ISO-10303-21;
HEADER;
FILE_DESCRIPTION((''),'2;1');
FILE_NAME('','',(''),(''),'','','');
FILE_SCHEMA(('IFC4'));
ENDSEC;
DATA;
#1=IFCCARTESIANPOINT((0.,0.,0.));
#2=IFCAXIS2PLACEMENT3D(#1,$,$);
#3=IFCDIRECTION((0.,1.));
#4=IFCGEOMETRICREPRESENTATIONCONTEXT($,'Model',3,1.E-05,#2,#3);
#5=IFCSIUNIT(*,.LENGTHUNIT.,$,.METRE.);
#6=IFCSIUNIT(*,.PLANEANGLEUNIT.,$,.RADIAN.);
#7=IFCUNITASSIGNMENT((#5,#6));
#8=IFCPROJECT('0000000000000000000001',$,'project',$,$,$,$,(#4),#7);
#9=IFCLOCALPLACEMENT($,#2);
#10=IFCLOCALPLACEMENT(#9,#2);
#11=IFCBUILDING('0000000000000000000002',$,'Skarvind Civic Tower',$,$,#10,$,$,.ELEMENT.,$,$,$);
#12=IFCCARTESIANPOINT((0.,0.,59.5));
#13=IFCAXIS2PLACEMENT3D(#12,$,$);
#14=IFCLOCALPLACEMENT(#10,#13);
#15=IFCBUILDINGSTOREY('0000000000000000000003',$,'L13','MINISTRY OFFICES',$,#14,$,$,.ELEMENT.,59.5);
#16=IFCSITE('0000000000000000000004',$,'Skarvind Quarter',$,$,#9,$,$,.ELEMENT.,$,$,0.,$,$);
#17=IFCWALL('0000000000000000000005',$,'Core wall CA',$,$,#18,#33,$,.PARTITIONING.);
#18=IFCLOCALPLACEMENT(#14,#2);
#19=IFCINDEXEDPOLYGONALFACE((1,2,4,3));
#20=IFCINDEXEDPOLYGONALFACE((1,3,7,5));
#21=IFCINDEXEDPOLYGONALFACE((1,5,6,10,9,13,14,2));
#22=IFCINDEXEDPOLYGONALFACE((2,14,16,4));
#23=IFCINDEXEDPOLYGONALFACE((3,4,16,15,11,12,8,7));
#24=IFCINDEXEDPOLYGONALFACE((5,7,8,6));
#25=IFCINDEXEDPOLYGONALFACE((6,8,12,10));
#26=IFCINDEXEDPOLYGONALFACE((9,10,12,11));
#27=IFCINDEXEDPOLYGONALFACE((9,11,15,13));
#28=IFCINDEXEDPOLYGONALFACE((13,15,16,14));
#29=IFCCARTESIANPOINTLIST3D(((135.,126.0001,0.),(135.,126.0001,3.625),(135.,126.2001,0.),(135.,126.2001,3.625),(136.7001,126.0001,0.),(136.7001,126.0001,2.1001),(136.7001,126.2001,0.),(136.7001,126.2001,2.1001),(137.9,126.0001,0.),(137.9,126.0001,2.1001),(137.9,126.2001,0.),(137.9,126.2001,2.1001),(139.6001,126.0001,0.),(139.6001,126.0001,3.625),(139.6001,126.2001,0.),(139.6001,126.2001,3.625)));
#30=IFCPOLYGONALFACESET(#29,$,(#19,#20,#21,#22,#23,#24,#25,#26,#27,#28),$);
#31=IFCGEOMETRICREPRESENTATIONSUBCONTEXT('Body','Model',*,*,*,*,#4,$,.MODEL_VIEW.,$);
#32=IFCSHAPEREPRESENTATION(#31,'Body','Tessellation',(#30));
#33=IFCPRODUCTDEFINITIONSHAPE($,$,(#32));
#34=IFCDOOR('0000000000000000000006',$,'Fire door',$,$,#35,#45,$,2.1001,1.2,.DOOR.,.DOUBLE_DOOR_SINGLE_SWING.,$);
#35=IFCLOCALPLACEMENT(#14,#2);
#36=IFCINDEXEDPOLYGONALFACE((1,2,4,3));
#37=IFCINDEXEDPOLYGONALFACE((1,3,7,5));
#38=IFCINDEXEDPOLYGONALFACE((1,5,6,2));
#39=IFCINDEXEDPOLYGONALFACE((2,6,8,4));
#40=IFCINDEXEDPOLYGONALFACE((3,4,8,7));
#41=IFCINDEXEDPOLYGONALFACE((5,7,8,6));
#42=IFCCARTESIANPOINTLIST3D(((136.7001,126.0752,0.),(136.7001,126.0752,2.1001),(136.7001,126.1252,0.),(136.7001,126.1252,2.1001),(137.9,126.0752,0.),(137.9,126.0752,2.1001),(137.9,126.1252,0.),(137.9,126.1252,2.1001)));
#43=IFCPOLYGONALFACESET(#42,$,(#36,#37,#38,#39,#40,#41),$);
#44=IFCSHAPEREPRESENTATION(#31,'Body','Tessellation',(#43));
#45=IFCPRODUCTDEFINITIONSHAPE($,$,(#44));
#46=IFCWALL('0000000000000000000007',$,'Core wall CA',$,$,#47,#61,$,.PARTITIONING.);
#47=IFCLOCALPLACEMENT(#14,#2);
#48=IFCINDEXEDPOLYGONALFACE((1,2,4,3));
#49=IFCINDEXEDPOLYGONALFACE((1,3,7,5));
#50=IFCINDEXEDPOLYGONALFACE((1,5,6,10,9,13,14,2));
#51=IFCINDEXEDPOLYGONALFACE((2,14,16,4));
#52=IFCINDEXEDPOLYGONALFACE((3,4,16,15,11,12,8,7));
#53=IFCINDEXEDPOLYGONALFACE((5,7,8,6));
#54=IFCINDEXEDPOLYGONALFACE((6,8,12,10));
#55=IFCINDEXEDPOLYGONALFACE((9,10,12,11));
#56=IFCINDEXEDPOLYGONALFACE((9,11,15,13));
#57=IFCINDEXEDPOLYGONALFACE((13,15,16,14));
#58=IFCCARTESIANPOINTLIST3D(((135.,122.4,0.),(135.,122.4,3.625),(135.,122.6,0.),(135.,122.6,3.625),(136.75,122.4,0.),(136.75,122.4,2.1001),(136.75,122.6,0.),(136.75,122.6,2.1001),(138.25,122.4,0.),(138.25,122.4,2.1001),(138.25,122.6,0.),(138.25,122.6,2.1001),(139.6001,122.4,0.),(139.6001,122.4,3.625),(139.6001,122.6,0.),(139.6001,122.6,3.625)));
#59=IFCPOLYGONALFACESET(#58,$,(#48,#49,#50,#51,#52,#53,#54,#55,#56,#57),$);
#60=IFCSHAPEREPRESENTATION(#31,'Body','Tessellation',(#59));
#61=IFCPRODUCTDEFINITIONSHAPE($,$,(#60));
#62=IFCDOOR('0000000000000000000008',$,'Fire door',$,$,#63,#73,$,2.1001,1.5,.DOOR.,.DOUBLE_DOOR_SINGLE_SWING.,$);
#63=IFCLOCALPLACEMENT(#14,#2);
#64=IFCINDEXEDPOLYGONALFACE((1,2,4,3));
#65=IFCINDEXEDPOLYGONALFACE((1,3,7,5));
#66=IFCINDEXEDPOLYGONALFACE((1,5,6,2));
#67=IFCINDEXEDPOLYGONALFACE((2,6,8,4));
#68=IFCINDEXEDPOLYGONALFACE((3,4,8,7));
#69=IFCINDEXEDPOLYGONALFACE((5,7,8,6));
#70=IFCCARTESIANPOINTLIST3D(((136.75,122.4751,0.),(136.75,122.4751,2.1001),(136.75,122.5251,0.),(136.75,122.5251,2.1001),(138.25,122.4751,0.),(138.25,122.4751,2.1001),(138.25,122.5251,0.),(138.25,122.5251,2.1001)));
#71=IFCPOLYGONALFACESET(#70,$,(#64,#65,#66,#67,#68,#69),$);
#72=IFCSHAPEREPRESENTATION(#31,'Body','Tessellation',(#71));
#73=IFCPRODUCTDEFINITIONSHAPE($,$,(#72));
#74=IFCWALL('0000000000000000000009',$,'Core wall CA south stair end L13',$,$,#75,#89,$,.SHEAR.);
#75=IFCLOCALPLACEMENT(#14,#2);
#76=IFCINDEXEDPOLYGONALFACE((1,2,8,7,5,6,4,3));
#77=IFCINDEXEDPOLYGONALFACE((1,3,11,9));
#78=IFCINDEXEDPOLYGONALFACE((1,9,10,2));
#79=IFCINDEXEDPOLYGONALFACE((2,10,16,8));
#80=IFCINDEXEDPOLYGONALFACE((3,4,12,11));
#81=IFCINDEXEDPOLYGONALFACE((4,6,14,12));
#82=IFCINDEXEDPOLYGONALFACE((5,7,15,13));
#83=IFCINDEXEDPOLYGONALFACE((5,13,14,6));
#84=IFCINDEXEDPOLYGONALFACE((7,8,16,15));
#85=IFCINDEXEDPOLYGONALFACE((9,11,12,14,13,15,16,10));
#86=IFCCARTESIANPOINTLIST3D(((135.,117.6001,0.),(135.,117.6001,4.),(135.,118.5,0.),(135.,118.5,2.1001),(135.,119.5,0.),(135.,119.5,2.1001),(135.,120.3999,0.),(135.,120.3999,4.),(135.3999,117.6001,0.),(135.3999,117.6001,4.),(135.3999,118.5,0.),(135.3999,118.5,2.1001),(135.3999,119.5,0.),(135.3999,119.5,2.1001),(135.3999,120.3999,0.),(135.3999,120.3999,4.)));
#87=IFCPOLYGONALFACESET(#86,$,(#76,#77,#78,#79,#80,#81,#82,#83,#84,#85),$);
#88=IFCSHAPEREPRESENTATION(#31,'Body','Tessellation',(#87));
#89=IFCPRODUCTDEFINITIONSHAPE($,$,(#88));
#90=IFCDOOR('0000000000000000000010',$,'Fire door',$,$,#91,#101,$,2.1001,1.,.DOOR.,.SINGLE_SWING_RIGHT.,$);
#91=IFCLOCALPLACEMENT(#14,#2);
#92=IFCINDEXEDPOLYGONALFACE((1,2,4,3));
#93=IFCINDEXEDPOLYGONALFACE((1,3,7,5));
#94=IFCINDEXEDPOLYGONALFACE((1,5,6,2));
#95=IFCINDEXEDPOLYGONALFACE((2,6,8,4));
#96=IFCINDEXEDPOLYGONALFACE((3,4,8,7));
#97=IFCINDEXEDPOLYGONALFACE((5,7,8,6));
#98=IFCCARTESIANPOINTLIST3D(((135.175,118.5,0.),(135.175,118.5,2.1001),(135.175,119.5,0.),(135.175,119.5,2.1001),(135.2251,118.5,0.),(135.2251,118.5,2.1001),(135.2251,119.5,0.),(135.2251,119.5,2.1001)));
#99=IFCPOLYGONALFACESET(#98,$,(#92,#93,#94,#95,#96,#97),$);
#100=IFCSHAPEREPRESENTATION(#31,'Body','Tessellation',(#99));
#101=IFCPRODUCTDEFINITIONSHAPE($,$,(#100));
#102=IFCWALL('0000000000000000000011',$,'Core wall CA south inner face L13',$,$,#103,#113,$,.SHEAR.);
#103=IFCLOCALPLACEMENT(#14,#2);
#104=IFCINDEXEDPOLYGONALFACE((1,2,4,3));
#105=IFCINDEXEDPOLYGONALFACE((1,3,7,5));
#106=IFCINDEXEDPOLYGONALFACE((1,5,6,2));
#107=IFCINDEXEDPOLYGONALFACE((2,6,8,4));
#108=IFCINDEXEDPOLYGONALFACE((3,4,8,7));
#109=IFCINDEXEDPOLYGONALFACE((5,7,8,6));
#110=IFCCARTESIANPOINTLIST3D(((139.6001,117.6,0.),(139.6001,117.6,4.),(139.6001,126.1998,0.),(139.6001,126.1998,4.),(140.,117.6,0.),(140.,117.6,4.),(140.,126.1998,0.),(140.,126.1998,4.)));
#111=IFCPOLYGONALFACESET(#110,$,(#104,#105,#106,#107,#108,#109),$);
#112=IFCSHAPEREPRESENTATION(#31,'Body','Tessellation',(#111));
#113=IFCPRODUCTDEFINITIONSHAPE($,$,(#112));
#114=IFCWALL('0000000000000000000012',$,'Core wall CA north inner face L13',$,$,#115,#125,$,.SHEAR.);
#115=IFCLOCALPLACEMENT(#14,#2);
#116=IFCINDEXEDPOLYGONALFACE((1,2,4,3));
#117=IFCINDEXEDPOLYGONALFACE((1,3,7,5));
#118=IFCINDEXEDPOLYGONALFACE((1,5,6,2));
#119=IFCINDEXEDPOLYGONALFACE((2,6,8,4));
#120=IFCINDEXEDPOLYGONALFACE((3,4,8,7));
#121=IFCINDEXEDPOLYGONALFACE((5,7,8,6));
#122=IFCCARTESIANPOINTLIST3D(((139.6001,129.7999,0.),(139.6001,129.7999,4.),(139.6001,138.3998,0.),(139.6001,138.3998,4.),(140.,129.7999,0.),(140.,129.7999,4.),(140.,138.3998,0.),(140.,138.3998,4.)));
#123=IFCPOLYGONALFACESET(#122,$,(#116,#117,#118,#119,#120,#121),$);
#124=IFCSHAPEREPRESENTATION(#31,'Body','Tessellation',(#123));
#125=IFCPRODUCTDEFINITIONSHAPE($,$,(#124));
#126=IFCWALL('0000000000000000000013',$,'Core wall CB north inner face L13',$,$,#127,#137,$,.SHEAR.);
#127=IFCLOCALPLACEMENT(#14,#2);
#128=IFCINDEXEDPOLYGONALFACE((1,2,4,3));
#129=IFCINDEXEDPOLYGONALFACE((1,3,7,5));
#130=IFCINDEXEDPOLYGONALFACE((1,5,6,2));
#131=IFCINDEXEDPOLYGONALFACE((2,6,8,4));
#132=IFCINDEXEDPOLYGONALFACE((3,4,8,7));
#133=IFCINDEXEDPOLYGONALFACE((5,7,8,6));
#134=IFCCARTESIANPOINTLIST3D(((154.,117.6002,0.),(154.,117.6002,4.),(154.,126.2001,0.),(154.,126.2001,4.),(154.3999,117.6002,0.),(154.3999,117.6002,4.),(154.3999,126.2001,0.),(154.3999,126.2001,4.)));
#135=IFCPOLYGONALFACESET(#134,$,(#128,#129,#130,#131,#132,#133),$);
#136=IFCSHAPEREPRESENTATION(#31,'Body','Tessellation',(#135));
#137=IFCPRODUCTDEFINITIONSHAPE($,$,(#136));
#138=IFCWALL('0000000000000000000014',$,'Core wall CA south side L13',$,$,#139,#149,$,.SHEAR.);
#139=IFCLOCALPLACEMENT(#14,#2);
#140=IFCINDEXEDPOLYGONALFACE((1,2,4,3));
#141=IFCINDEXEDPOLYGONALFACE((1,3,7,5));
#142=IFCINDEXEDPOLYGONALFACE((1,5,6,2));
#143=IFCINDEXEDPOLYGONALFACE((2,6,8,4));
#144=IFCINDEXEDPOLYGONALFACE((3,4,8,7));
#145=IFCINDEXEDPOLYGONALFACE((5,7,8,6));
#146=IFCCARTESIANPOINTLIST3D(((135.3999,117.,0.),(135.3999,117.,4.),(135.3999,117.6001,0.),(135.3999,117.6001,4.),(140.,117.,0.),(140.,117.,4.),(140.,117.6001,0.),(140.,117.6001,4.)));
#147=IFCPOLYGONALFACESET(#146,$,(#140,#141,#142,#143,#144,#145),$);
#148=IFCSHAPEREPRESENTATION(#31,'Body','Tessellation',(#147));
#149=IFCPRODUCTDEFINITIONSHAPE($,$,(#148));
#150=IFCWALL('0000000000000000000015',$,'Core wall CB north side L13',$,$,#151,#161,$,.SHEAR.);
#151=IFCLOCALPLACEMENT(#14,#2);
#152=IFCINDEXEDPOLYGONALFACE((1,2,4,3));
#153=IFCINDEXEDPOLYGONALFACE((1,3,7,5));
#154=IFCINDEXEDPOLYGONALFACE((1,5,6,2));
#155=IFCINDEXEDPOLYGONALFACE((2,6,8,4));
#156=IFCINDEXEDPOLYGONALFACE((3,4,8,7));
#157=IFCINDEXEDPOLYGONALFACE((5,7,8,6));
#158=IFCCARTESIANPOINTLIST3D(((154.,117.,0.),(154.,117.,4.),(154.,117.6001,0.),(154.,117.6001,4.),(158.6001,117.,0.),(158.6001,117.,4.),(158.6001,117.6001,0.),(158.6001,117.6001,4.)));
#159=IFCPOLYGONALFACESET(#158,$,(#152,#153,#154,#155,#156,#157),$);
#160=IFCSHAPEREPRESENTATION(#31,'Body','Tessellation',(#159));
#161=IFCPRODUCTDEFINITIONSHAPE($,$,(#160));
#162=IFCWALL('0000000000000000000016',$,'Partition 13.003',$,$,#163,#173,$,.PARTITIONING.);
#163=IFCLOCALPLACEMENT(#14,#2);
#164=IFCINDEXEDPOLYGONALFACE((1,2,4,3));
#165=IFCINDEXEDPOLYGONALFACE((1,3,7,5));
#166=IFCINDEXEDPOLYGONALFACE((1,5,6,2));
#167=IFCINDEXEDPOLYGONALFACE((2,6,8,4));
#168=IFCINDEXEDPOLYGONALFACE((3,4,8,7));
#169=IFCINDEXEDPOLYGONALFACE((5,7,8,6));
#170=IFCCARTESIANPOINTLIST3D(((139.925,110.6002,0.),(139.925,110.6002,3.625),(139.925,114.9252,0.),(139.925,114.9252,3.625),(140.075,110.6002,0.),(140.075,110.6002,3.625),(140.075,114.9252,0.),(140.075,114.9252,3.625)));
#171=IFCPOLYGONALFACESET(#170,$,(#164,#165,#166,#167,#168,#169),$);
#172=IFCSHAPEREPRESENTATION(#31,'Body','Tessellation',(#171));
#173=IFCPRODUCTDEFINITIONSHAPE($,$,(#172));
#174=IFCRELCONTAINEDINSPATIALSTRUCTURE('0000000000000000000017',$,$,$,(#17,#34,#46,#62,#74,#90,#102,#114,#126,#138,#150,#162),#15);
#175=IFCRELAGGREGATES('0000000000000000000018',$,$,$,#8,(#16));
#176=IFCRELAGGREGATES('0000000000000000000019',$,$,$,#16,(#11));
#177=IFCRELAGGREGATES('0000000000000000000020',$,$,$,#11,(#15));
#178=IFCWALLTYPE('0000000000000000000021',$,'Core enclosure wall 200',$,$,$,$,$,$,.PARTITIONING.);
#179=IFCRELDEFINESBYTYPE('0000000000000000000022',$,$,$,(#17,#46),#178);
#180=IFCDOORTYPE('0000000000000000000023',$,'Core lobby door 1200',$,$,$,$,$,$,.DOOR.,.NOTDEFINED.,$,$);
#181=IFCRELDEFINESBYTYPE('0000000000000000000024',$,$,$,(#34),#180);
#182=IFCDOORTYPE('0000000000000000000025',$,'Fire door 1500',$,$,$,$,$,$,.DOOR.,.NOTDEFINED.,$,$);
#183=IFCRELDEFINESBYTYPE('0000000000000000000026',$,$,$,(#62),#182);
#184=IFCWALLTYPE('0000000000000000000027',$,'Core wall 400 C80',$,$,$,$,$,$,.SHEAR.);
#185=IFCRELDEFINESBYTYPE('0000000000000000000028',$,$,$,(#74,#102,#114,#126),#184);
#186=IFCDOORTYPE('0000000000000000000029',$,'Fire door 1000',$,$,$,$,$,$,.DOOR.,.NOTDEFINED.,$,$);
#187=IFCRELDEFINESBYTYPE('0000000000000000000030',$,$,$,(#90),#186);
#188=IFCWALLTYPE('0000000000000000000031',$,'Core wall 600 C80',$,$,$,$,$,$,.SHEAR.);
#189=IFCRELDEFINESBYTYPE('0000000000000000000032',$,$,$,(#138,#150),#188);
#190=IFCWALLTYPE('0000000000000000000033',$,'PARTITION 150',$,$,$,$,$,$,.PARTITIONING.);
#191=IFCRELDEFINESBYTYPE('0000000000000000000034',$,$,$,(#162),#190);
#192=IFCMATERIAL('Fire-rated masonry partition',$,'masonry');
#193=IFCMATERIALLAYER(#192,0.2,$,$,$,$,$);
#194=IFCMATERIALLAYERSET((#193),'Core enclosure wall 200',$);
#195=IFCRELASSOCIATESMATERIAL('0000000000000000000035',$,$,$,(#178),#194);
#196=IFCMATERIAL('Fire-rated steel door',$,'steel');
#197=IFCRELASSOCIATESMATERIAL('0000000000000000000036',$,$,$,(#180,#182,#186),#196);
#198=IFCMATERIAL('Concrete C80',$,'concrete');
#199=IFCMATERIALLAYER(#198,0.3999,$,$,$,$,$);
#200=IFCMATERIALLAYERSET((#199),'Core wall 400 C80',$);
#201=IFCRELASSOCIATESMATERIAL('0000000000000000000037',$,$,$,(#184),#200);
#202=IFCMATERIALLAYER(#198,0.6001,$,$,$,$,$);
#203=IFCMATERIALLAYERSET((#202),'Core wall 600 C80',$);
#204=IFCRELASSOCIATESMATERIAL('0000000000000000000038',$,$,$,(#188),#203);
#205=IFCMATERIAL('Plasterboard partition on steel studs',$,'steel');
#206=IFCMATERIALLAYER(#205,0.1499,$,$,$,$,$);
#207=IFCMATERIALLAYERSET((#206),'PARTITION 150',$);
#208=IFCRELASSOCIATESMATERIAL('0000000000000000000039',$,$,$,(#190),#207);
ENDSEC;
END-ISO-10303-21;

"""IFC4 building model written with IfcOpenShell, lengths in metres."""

from ifc_helpers import new_model, si_unit, direction, frame, frame_2d, origin, place, context, subcontext, project, spatial, rectangle, extrude, material, layer, layer_set, type_object, element, fill, save


model = new_model("IFC4")

# Units and contexts
model_context = context("Model", 3, precision=1e-05, world=origin(), true_north=direction((0.0, 1.0)))
body_context = subcontext(model_context, "Body", "Model", "MODEL_VIEW")
ifc_project = project(units=[si_unit("LENGTHUNIT", "METRE"), si_unit("PLANEANGLEUNIT", "RADIAN")], contexts=[model_context])

# Site, building, storey
site_placement = place(None, origin())
site = spatial("IfcSite", under=ifc_project, at=site_placement, Name="Skarvind Quarter", CompositionType="ELEMENT", RefElevation=0.0)
building_placement = place(site_placement, origin())
building = spatial("IfcBuilding", under=site, at=building_placement, Name="Skarvind Civic Tower", CompositionType="ELEMENT")
storey_placement = place(building_placement, frame((0.0, 0.0, 59.5)))
storey = spatial("IfcBuildingStorey", under=building, at=storey_placement, Name="L13", Description="MINISTRY OFFICES", CompositionType="ELEMENT", Elevation=59.5)

# Walls, openings, doors
ifc_material_1 = material(Name="Fire-rated masonry partition", Category="masonry")
ifc_layer_1 = layer(ifc_material_1, 0.2)
ifc_layer_set_1 = layer_set([ifc_layer_1], Name="Core enclosure wall 200")
wall_type_1 = type_object("IfcWallType", Name="Core enclosure wall 200", PredefinedType="PARTITIONING", material=ifc_layer_set_1)
wall_1_placement = place(storey_placement, frame((139.6001, 126.1001, 0.0), z_axis=(0.0, 0.0, 1.0), x_axis=(-1.0, 0.0, 0.0)))
wall_1 = element("IfcWall", 1, at=wall_1_placement, inside=storey, type_object=wall_type_1, Name="Core wall CA", PredefinedType="PARTITIONING", context=body_context, shape_type="SweptSolid", body=[
    extrude(rectangle(XDim=4.6001, YDim=0.2, at=frame_2d((2.3, 0.0))), origin(), (0.0, 0.0, 1.0), 3.625),
])
opening_1_placement = place(wall_1_placement, frame((1.7, 0.0, 0.0)))
opening_1 = element("IfcOpeningElement", 2, at=opening_1_placement, cuts=wall_1, PredefinedType="OPENING", context=body_context, shape_type="SweptSolid", body=[
    extrude(rectangle(XDim=1.2, YDim=2.1001, at=frame_2d((0.6001, 1.05))), frame((0.0, 0.1099, 0.0), z_axis=(0.0, -1.0, 0.0), x_axis=(1.0, 0.0, 0.0)), (0.0, 0.0, 1.0), 0.22),
])
ifc_material_2 = material(Name="Fire-rated steel door", Category="steel")
door_type_1 = type_object("IfcDoorType", Name="Core lobby door 1200", OperationType="NOTDEFINED", PredefinedType="DOOR", material=ifc_material_2)
door_1_placement = place(opening_1_placement, origin())
door_1 = element("IfcDoor", 3, at=door_1_placement, inside=storey, type_object=door_type_1, Name="Fire door", OperationType="DOUBLE_DOOR_SINGLE_SWING", OverallHeight=2.1001, OverallWidth=1.2, PredefinedType="DOOR", context=body_context, shape_type="SweptSolid", body=[
    extrude(rectangle(XDim=1.2, YDim=2.1001, at=frame_2d((0.6001, 1.05))), frame((0.0, 0.0249, 0.0), z_axis=(0.0, -1.0, 0.0), x_axis=(1.0, 0.0, 0.0)), (0.0, 0.0, 1.0), 0.05),
])
fill(opening_1, door_1)
wall_2_placement = place(storey_placement, frame((139.6001, 122.5, 0.0), z_axis=(0.0, 0.0, 1.0), x_axis=(-1.0, 0.0, 0.0)))
wall_2 = element("IfcWall", 4, at=wall_2_placement, inside=storey, type_object=wall_type_1, Name="Core wall CA", PredefinedType="PARTITIONING", context=body_context, shape_type="SweptSolid", body=[
    extrude(rectangle(XDim=4.6001, YDim=0.2, at=frame_2d((2.3, 0.0))), origin(), (0.0, 0.0, 1.0), 3.625),
])
opening_2_placement = place(wall_2_placement, frame((1.3501, 0.0, 0.0)))
opening_2 = element("IfcOpeningElement", 5, at=opening_2_placement, cuts=wall_2, PredefinedType="OPENING", context=body_context, shape_type="SweptSolid", body=[
    extrude(rectangle(XDim=1.5, YDim=2.1001, at=frame_2d((0.75, 1.05))), frame((0.0, 0.1099, 0.0), z_axis=(0.0, -1.0, 0.0), x_axis=(1.0, 0.0, 0.0)), (0.0, 0.0, 1.0), 0.22),
])
door_type_2 = type_object("IfcDoorType", Name="Fire door 1500", OperationType="NOTDEFINED", PredefinedType="DOOR", material=ifc_material_2)
door_2_placement = place(opening_2_placement, origin())
door_2 = element("IfcDoor", 6, at=door_2_placement, inside=storey, type_object=door_type_2, Name="Fire door", OperationType="DOUBLE_DOOR_SINGLE_SWING", OverallHeight=2.1001, OverallWidth=1.5, PredefinedType="DOOR", context=body_context, shape_type="SweptSolid", body=[
    extrude(rectangle(XDim=1.5, YDim=2.1001, at=frame_2d((0.75, 1.05))), frame((0.0, 0.0249, 0.0), z_axis=(0.0, -1.0, 0.0), x_axis=(1.0, 0.0, 0.0)), (0.0, 0.0, 1.0), 0.05),
])
fill(opening_2, door_2)
ifc_material_3 = material(Name="Concrete C80", Category="concrete")
ifc_layer_2 = layer(ifc_material_3, 0.3999)
ifc_layer_set_2 = layer_set([ifc_layer_2], Name="Core wall 400 C80")
wall_type_2 = type_object("IfcWallType", Name="Core wall 400 C80", PredefinedType="SHEAR", material=ifc_layer_set_2)
wall_3_placement = place(storey_placement, frame((135.2, 117.6001, 0.0), z_axis=(0.0, 0.0, 1.0), x_axis=(0.0, 1.0, 0.0)))
wall_3 = element("IfcWall", 7, at=wall_3_placement, inside=storey, type_object=wall_type_2, Name="Core wall CA south stair end L13", PredefinedType="SHEAR", context=body_context, shape_type="SweptSolid", body=[
    extrude(rectangle(XDim=2.7998, YDim=0.3999, at=frame_2d((1.3999, 0.0))), origin(), (0.0, 0.0, 1.0), 4.0),
])
opening_3_placement = place(wall_3_placement, frame((0.8999, 0.0, 0.0)))
opening_3 = element("IfcOpeningElement", 8, at=opening_3_placement, cuts=wall_3, PredefinedType="OPENING", context=body_context, shape_type="SweptSolid", body=[
    extrude(rectangle(XDim=1.0, YDim=2.1001, at=frame_2d((0.5, 1.05))), frame((0.0, 0.21, 0.0), z_axis=(0.0, -1.0, 0.0), x_axis=(1.0, 0.0, 0.0)), (0.0, 0.0, 1.0), 0.4199),
])
door_type_3 = type_object("IfcDoorType", Name="Fire door 1000", OperationType="NOTDEFINED", PredefinedType="DOOR", material=ifc_material_2)
door_3_placement = place(opening_3_placement, origin())
door_3 = element("IfcDoor", 9, at=door_3_placement, inside=storey, type_object=door_type_3, Name="Fire door", OperationType="SINGLE_SWING_RIGHT", OverallHeight=2.1001, OverallWidth=1.0, PredefinedType="DOOR", context=body_context, shape_type="SweptSolid", body=[
    extrude(rectangle(XDim=1.0, YDim=2.1001, at=frame_2d((0.5, 1.05))), frame((0.0, 0.0249, 0.0), z_axis=(0.0, -1.0, 0.0), x_axis=(1.0, 0.0, 0.0)), (0.0, 0.0, 1.0), 0.05),
])
fill(opening_3, door_3)

# Walls
for number, where, z_axis, x_axis, name in (
    (10, (139.8, 117.6001, 0.0), (0.0, 0.0, 1.0), (0.0, 1.0, 0.0), "Core wall CA south inner face L13"),
    (11, (139.8, 129.8, 0.0), (0.0, 0.0, 1.0), (0.0, 1.0, 0.0), "Core wall CA north inner face L13"),
    (12, (154.2, 126.2, 0.0), (0.0, 0.0, 1.0), (0.0, -1.0, 0.0), "Core wall CB north inner face L13"),
):
    element("IfcWall", number, at=place(storey_placement, frame(where, z_axis=z_axis, x_axis=x_axis)), inside=storey, type_object=wall_type_2, Name=name, PredefinedType="SHEAR", context=body_context, shape_type="SweptSolid", body=[
        extrude(rectangle(XDim=8.5999, YDim=0.3999, at=frame_2d((4.2998, 0.0))), origin(), (0.0, 0.0, 1.0), 4.0),
    ])
ifc_layer_3 = layer(ifc_material_3, 0.6001)
ifc_layer_set_3 = layer_set([ifc_layer_3], Name="Core wall 600 C80")
wall_type_3 = type_object("IfcWallType", Name="Core wall 600 C80", PredefinedType="SHEAR", material=ifc_layer_set_3)
for number, where, z_axis, x_axis, name in (
    (13, (135.3999, 117.3, 0.0), (0.0, 0.0, 1.0), (1.0, 0.0, 0.0), "Core wall CA south side L13"),
    (14, (158.6001, 117.3, 0.0), (0.0, 0.0, 1.0), (-1.0, 0.0, 0.0), "Core wall CB north side L13"),
):
    element("IfcWall", number, at=place(storey_placement, frame(where, z_axis=z_axis, x_axis=x_axis)), inside=storey, type_object=wall_type_3, Name=name, PredefinedType="SHEAR", context=body_context, shape_type="SweptSolid", body=[
        extrude(rectangle(XDim=4.6001, YDim=0.6001, at=frame_2d((2.3, 0.0))), origin(), (0.0, 0.0, 1.0), 4.0),
    ])
ifc_material_4 = material(Name="Plasterboard partition on steel studs", Category="steel")
ifc_layer_4 = layer(ifc_material_4, 0.1499)
ifc_layer_set_4 = layer_set([ifc_layer_4], Name="PARTITION 150")
wall_type_4 = type_object("IfcWallType", Name="PARTITION 150", PredefinedType="PARTITIONING", material=ifc_layer_set_4)
wall_4_placement = place(storey_placement, frame((140.0, 110.6001, 0.0), z_axis=(0.0, 0.0, 1.0), x_axis=(0.0, 1.0, 0.0)))
element("IfcWall", 15, at=wall_4_placement, inside=storey, type_object=wall_type_4, Name="Partition 13.003", PredefinedType="PARTITIONING", context=body_context, shape_type="SweptSolid", body=[
    extrude(rectangle(XDim=4.325, YDim=0.1499, at=frame_2d((2.1626, 0.0))), origin(), (0.0, 0.0, 1.0), 3.625),
])

save(model, "model.ifc")
